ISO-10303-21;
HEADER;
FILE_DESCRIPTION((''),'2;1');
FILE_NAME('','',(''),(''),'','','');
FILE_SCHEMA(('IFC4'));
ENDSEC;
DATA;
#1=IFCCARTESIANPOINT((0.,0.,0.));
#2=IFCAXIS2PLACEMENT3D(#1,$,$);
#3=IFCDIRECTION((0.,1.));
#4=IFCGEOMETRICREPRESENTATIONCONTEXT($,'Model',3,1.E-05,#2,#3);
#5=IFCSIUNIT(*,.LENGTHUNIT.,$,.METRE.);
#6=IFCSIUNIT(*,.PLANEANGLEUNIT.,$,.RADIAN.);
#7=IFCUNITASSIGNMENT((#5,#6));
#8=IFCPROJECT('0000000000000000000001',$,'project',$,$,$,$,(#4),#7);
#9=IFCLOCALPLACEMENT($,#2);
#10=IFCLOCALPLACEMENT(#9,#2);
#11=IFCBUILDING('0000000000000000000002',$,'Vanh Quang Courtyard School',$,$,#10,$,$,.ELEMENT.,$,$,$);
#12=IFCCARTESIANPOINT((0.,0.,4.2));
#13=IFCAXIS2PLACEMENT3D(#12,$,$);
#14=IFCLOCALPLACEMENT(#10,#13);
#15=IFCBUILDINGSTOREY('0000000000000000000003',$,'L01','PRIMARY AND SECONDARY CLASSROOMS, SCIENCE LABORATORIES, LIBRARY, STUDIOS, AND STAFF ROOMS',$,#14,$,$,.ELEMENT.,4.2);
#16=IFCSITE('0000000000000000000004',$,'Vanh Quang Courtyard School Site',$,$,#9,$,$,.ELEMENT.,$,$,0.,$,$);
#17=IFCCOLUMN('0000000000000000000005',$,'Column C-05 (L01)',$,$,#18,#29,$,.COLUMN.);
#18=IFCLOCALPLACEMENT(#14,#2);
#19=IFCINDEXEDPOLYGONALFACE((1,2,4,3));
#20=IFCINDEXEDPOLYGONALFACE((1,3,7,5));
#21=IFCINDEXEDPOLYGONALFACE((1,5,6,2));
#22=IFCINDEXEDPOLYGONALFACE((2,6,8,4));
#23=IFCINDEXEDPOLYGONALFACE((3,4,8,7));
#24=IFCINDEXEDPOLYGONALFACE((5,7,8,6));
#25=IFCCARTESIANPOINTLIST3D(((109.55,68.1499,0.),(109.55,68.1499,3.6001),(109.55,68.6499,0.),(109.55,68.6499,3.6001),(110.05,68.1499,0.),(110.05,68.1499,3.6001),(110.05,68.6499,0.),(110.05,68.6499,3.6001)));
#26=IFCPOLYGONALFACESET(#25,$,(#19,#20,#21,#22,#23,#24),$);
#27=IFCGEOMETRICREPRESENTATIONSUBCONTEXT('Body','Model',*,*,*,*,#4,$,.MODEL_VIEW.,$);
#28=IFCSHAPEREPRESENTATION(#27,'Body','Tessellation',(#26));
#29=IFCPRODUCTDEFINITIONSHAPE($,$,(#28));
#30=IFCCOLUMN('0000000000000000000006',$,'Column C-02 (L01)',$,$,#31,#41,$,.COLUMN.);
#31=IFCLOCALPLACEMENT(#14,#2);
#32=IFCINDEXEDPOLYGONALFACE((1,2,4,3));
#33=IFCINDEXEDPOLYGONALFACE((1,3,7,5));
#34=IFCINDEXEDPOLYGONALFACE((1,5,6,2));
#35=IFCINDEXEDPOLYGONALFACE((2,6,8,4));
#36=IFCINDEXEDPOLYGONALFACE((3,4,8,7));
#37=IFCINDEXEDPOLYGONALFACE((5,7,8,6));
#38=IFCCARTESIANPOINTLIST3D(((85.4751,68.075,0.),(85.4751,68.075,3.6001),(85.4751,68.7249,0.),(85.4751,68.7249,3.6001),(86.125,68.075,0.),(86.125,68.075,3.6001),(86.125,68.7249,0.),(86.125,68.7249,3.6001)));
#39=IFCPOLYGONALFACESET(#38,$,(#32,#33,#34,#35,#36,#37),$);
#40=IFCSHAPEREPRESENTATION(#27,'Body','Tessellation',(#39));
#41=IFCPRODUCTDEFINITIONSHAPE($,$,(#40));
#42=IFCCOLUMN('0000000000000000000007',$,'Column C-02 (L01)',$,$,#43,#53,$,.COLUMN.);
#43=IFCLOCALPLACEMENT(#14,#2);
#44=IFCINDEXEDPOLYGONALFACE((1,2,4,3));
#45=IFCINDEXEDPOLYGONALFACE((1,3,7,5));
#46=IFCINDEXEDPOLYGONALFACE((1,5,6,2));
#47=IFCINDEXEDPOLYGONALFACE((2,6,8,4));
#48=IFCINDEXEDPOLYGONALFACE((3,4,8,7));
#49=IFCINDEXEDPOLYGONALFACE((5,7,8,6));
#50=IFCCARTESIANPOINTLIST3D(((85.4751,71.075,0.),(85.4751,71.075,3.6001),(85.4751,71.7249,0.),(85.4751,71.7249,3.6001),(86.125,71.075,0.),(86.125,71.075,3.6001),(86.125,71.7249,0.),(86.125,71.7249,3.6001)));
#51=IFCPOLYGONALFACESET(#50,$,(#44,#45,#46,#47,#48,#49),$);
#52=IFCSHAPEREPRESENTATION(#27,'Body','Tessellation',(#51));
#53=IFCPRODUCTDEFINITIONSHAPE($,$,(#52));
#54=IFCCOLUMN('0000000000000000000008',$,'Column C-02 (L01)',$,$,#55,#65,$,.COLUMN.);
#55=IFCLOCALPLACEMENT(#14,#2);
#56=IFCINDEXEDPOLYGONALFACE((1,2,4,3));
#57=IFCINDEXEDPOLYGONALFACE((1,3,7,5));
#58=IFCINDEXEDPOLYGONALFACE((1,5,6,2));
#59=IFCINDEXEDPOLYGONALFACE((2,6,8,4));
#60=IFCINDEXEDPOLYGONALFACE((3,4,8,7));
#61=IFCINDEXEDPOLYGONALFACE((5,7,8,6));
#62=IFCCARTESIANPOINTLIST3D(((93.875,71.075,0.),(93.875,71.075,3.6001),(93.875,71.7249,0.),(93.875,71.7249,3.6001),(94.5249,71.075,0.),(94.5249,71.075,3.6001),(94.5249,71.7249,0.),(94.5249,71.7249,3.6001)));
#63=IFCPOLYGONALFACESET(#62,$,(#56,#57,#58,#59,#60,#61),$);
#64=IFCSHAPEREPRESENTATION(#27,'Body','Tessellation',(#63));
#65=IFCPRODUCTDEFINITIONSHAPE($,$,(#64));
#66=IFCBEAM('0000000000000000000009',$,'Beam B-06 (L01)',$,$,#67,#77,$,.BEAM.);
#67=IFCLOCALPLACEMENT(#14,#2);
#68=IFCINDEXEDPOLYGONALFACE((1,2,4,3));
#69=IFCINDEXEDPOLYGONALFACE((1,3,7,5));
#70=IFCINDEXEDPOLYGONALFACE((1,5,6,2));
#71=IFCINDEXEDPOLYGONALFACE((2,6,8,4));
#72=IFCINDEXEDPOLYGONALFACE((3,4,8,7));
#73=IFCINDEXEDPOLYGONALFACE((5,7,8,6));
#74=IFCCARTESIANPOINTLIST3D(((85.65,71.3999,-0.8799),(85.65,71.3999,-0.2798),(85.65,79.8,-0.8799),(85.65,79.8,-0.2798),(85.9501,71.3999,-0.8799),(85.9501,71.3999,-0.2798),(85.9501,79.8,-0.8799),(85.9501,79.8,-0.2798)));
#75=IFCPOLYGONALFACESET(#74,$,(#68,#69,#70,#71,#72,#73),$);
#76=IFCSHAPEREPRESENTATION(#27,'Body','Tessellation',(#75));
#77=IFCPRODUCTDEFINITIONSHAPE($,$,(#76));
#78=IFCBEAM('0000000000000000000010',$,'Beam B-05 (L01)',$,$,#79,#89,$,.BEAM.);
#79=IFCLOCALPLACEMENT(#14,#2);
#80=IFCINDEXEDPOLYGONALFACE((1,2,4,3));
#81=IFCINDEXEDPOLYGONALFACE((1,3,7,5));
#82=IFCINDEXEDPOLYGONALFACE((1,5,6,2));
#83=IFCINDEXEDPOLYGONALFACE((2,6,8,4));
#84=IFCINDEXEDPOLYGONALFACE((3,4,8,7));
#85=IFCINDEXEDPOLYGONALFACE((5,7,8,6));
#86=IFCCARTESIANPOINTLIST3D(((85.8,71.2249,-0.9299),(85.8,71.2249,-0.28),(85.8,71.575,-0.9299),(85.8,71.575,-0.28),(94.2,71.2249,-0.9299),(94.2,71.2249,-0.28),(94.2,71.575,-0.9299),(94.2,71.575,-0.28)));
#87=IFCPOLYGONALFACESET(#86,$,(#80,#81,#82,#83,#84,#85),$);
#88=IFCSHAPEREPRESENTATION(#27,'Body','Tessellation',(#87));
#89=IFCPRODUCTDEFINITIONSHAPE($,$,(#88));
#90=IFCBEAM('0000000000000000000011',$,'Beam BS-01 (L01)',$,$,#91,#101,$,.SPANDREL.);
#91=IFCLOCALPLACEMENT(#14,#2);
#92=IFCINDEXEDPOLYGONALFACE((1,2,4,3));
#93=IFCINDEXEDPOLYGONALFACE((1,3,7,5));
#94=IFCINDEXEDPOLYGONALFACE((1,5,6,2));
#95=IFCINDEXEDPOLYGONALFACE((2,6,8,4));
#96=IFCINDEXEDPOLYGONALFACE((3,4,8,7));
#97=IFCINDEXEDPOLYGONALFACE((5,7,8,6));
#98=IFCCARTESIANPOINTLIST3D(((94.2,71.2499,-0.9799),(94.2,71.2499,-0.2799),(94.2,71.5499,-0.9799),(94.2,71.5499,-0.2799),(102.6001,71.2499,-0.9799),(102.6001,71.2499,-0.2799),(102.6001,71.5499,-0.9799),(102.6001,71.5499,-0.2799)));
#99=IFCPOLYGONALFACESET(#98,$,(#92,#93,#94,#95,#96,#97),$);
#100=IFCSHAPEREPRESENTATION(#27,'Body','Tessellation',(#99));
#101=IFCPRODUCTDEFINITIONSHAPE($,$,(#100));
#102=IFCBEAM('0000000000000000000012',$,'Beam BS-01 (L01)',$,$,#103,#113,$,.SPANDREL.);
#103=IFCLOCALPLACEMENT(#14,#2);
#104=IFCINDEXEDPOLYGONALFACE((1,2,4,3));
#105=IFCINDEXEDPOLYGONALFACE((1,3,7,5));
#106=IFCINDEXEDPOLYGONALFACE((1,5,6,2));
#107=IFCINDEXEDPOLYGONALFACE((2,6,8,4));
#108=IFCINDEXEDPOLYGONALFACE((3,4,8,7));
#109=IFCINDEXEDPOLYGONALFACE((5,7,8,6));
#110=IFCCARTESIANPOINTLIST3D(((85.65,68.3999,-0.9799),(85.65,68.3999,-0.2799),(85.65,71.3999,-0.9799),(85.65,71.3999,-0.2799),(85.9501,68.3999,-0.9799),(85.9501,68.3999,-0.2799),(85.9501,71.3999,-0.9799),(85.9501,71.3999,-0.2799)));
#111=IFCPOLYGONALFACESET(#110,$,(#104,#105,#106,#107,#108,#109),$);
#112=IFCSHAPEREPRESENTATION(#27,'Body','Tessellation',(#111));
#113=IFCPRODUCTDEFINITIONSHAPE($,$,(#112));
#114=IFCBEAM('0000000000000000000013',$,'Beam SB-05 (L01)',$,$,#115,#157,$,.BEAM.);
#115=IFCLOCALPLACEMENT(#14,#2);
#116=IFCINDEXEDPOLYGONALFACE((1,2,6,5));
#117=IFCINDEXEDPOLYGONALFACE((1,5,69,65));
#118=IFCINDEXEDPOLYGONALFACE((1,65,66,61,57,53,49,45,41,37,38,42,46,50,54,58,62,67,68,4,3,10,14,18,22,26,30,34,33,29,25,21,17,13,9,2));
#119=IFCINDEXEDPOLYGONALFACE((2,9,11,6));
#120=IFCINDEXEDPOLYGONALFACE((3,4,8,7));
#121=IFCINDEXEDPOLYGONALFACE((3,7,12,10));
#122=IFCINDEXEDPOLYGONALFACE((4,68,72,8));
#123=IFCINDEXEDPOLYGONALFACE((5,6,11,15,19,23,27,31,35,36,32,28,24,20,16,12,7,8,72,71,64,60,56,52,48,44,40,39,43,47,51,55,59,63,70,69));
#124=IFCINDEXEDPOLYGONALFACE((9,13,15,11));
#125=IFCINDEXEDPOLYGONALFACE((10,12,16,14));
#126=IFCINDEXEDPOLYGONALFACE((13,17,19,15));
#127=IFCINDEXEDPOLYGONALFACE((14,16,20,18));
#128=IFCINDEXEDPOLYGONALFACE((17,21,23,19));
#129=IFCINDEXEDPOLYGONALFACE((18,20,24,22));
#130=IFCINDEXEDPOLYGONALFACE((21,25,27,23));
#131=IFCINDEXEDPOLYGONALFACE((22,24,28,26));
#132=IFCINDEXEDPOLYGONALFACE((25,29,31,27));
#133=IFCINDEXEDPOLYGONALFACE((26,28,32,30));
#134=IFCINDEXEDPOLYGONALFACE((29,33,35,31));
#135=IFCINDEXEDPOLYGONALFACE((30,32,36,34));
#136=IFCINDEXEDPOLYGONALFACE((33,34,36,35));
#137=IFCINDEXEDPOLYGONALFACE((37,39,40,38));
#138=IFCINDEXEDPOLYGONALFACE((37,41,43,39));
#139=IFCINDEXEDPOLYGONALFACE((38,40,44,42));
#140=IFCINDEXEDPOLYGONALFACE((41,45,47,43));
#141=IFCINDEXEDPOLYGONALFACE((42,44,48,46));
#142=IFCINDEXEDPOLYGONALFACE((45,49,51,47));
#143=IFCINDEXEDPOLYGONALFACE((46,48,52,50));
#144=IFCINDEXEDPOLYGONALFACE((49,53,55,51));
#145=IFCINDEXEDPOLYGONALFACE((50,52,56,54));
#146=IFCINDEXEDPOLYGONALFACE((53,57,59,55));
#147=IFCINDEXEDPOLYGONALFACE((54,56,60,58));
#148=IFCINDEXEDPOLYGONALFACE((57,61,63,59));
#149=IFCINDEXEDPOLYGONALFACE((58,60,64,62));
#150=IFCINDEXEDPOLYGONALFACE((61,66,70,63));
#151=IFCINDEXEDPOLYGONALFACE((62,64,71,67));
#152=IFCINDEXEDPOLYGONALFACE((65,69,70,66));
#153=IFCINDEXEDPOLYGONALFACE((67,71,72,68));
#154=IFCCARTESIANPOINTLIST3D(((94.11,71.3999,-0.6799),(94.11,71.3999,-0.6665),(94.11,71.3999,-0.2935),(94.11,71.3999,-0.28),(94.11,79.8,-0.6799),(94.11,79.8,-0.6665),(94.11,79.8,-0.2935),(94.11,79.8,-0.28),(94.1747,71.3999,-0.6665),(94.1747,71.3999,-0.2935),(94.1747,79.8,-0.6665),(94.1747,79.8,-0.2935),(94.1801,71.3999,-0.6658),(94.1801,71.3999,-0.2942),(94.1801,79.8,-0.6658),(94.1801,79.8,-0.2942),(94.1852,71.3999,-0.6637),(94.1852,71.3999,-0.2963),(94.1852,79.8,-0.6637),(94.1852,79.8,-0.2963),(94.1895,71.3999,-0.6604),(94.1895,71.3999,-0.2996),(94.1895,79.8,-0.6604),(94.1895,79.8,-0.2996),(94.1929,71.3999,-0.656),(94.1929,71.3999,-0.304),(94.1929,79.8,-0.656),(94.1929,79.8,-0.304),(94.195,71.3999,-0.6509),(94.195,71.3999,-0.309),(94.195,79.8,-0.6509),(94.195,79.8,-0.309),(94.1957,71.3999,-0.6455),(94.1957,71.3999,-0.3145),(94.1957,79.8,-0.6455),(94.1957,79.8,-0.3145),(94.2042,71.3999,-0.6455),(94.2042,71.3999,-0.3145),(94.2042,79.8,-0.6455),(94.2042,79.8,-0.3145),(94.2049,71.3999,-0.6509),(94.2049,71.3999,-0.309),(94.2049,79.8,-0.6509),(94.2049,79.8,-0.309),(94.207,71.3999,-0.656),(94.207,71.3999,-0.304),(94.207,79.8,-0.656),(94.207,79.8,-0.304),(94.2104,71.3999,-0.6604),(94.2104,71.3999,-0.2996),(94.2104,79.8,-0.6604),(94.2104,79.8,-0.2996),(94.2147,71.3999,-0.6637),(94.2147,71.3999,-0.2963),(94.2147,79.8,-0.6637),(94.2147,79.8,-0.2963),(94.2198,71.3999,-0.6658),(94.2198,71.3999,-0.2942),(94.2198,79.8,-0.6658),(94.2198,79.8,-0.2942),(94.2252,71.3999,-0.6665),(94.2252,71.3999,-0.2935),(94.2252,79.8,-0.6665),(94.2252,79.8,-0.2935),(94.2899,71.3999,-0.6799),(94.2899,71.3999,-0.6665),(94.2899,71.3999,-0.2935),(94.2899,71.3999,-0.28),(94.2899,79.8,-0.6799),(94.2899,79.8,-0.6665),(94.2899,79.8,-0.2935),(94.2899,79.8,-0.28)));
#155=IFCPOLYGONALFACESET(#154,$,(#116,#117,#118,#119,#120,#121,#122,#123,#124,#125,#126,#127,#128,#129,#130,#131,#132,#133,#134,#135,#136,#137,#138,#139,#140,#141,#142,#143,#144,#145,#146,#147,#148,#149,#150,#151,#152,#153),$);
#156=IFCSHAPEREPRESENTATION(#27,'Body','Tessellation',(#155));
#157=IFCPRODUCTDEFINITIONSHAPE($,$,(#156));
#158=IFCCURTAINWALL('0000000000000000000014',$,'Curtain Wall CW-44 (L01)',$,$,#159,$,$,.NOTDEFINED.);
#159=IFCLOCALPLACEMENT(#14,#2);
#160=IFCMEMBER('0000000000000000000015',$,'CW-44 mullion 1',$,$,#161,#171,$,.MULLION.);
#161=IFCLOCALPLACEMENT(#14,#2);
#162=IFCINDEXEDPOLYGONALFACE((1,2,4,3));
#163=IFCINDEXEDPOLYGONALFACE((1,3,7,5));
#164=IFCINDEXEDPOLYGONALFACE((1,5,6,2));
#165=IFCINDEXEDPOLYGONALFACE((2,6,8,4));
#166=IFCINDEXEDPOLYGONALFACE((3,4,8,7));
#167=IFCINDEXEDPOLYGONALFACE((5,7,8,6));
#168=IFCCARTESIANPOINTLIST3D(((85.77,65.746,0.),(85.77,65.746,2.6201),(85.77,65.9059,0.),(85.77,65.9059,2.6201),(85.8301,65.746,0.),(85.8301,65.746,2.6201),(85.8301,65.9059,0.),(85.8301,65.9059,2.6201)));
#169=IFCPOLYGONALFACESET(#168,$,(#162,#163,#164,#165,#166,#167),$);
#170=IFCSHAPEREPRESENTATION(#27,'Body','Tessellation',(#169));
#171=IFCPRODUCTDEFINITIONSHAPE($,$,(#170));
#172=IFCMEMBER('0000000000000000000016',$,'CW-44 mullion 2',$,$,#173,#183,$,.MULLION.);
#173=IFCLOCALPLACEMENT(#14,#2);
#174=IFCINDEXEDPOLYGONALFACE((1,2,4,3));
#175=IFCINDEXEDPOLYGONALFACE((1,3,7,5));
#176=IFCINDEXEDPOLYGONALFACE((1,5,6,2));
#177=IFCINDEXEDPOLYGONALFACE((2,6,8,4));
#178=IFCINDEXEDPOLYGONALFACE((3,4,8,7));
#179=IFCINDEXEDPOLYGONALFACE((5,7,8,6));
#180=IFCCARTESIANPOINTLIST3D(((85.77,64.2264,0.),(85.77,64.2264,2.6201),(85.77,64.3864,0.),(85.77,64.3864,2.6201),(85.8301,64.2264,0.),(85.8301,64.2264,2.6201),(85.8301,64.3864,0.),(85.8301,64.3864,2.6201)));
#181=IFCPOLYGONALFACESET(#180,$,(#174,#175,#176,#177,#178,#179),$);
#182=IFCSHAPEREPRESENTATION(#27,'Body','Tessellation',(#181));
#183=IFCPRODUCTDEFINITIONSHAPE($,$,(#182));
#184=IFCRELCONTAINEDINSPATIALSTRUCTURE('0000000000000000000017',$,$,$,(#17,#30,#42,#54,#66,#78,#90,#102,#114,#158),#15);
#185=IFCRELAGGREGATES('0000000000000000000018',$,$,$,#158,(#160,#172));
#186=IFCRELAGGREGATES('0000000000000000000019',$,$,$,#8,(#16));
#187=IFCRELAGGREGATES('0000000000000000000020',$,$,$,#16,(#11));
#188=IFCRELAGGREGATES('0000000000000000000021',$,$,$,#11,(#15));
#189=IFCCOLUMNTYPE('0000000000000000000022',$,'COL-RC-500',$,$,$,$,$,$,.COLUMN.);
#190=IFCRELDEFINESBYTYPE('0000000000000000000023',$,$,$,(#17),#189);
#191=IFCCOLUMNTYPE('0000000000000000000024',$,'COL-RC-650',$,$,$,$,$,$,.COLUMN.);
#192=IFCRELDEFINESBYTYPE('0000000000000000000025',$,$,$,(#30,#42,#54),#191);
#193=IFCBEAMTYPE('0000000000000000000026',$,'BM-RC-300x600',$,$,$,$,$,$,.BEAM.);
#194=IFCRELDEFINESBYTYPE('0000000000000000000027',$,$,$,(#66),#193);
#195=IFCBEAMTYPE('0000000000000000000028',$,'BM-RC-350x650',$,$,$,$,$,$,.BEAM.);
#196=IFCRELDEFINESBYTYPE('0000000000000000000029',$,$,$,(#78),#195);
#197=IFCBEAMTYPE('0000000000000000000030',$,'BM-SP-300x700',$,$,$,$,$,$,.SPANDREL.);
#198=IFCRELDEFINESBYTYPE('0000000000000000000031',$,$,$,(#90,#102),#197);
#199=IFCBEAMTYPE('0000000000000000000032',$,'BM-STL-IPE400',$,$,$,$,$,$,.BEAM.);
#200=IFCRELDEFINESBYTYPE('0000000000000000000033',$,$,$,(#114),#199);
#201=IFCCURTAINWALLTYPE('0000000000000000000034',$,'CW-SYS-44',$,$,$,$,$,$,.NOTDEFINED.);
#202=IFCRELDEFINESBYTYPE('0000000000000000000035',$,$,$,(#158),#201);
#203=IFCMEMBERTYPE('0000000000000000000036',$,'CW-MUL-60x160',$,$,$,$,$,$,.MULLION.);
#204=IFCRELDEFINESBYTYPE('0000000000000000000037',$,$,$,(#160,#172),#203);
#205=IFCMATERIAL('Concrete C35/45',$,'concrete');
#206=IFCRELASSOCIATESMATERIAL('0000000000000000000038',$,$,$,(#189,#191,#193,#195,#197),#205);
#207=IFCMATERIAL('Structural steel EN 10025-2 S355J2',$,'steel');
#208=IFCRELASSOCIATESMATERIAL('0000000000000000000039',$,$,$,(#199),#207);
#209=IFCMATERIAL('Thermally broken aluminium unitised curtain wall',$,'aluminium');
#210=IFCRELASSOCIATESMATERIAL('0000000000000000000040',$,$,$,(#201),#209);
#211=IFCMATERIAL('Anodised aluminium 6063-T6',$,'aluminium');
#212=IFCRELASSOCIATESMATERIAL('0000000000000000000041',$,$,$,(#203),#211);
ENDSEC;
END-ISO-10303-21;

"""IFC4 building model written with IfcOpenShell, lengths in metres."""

from ifc_helpers import new_model, si_unit, direction, frame, origin, origin_2d, place, context, subcontext, project, spatial, rectangle, i_section, extrude, material, material_profile, profile_set, type_object, element, aggregate, save


model = new_model("IFC4")

# Units and contexts
model_context = context("Model", 3, precision=1e-05, world=origin(), true_north=direction((0.0, 1.0)))
body_context = subcontext(model_context, "Body", "Model", "MODEL_VIEW")
ifc_project = project(units=[si_unit("LENGTHUNIT", "METRE"), si_unit("PLANEANGLEUNIT", "RADIAN")], contexts=[model_context])

# Site, building, storey
site_placement = place(None, origin())
site = spatial("IfcSite", under=ifc_project, at=site_placement, Name="Vanh Quang Courtyard School Site", CompositionType="ELEMENT", RefElevation=0.0)
building_placement = place(site_placement, origin())
building = spatial("IfcBuilding", under=site, at=building_placement, Name="Vanh Quang Courtyard School", CompositionType="ELEMENT")
storey_placement = place(building_placement, frame((0.0, 0.0, 4.2)))
storey = spatial("IfcBuildingStorey", under=building, at=storey_placement, Name="L01", Description="PRIMARY AND SECONDARY CLASSROOMS, SCIENCE LABORATORIES, LIBRARY, STUDIOS, AND STAFF ROOMS", CompositionType="ELEMENT", Elevation=4.2)

# Columns
ifc_material_1 = material(Name="Concrete C35/45", Category="concrete")
ifc_material_profile_1 = material_profile(ifc_material_1, rectangle(XDim=0.5, YDim=0.5, at=origin_2d()), Name="RC-COL 500x500")
ifc_profile_set_1 = profile_set([ifc_material_profile_1], Name="Concrete C35/45")
column_type_1 = type_object("IfcColumnType", Name="COL-RC-500", PredefinedType="COLUMN", material=ifc_profile_set_1)
column_placement = place(storey_placement, frame((109.8, 68.3999, 0.0), z_axis=(0.0, 0.0, 1.0), x_axis=(1.0, 0.0, 0.0)))
element("IfcColumn", 1, at=column_placement, inside=storey, type_object=column_type_1, Name="Column C-05 (L01)", PredefinedType="COLUMN", context=body_context, shape_type="SweptSolid", body=[
    extrude(rectangle(XDim=0.5, YDim=0.5, at=origin_2d()), origin(), (0.0, 0.0, 1.0), 3.6001),
])
ifc_material_profile_2 = material_profile(ifc_material_1, rectangle(XDim=0.6499, YDim=0.6499, at=origin_2d()), Name="RC-COL 650x650")
ifc_profile_set_2 = profile_set([ifc_material_profile_2], Name="Concrete C35/45")
column_type_2 = type_object("IfcColumnType", Name="COL-RC-650", PredefinedType="COLUMN", material=ifc_profile_set_2)
for number, where, z_axis, x_axis, name in (
    (2, (85.8, 68.3999, 0.0), (0.0, 0.0, 1.0), (1.0, 0.0, 0.0), "Column C-02 (L01)"),
    (3, (85.8, 71.3999, 0.0), (0.0, 0.0, 1.0), (1.0, 0.0, 0.0), "Column C-02 (L01)"),
    (4, (94.2, 71.3999, 0.0), (0.0, 0.0, 1.0), (1.0, 0.0, 0.0), "Column C-02 (L01)"),
):
    element("IfcColumn", number, at=place(storey_placement, frame(where, z_axis=z_axis, x_axis=x_axis)), inside=storey, type_object=column_type_2, Name=name, PredefinedType="COLUMN", context=body_context, shape_type="SweptSolid", body=[
        extrude(rectangle(XDim=0.6499, YDim=0.6499, at=origin_2d()), origin(), (0.0, 0.0, 1.0), 3.6001),
    ])

# Beams
ifc_material_profile_3 = material_profile(ifc_material_1, rectangle(XDim=0.3, YDim=0.6001, at=origin_2d()), Name="RC-BM 300x600")
ifc_profile_set_3 = profile_set([ifc_material_profile_3], Name="Concrete C35/45")
beam_type_1 = type_object("IfcBeamType", Name="BM-RC-300x600", PredefinedType="BEAM", material=ifc_profile_set_3)
beam_1_placement = place(storey_placement, frame((85.8, 71.3999, -0.5798), z_axis=(0.0, 1.0, 0.0), x_axis=(-1.0, 0.0, 0.0)))
element("IfcBeam", 5, at=beam_1_placement, inside=storey, type_object=beam_type_1, Name="Beam B-06 (L01)", PredefinedType="BEAM", context=body_context, shape_type="SweptSolid", body=[
    extrude(rectangle(XDim=0.3, YDim=0.6001, at=origin_2d()), origin(), (0.0, 0.0, 1.0), 8.4001),
])
ifc_material_profile_4 = material_profile(ifc_material_1, rectangle(XDim=0.3501, YDim=0.6499, at=origin_2d()), Name="RC-BM 350x650")
ifc_profile_set_4 = profile_set([ifc_material_profile_4], Name="Concrete C35/45")
beam_type_2 = type_object("IfcBeamType", Name="BM-RC-350x650", PredefinedType="BEAM", material=ifc_profile_set_4)
beam_2_placement = place(storey_placement, frame((85.8, 71.3999, -0.605), z_axis=(1.0, 0.0, 0.0), x_axis=(0.0, 1.0, 0.0)))
element("IfcBeam", 6, at=beam_2_placement, inside=storey, type_object=beam_type_2, Name="Beam B-05 (L01)", PredefinedType="BEAM", context=body_context, shape_type="SweptSolid", body=[
    extrude(rectangle(XDim=0.3501, YDim=0.6499, at=origin_2d()), origin(), (0.0, 0.0, 1.0), 8.3999),
])
ifc_material_profile_5 = material_profile(ifc_material_1, rectangle(XDim=0.3, YDim=0.7, at=origin_2d()), Name="RC-SP 300x700")
ifc_profile_set_5 = profile_set([ifc_material_profile_5], Name="Concrete C35/45")
beam_type_3 = type_object("IfcBeamType", Name="BM-SP-300x700", PredefinedType="SPANDREL", material=ifc_profile_set_5)
beam_3_placement = place(storey_placement, frame((94.2, 71.3999, -0.6299), z_axis=(1.0, 0.0, 0.0), x_axis=(0.0, 1.0, 0.0)))
element("IfcBeam", 7, at=beam_3_placement, inside=storey, type_object=beam_type_3, Name="Beam BS-01 (L01)", PredefinedType="SPANDREL", context=body_context, shape_type="SweptSolid", body=[
    extrude(rectangle(XDim=0.3, YDim=0.7, at=origin_2d()), origin(), (0.0, 0.0, 1.0), 8.4001),
])
beam_4_placement = place(storey_placement, frame((85.8, 68.3999, -0.6299), z_axis=(0.0, 1.0, 0.0), x_axis=(-1.0, 0.0, 0.0)))
element("IfcBeam", 8, at=beam_4_placement, inside=storey, type_object=beam_type_3, Name="Beam BS-01 (L01)", PredefinedType="SPANDREL", context=body_context, shape_type="SweptSolid", body=[
    extrude(rectangle(XDim=0.3, YDim=0.7, at=origin_2d()), origin(), (0.0, 0.0, 1.0), 3.0),
])
ifc_material_2 = material(Name="Structural steel EN 10025-2 S355J2", Category="steel")
ifc_material_profile_6 = material_profile(ifc_material_2, i_section(OverallWidth=0.1799, OverallDepth=0.3999, WebThickness=0.0085, FlangeThickness=0.0134, FilletRadius=0.021, at=origin_2d()), Name="IPE 400")
ifc_profile_set_6 = profile_set([ifc_material_profile_6], Name="Structural steel EN 10025-2 S355J2")
beam_type_4 = type_object("IfcBeamType", Name="BM-STL-IPE400", PredefinedType="BEAM", material=ifc_profile_set_6)
beam_5_placement = place(storey_placement, frame((94.2, 71.3999, -0.48), z_axis=(0.0, 1.0, 0.0), x_axis=(-1.0, 0.0, 0.0)))
element("IfcBeam", 9, at=beam_5_placement, inside=storey, type_object=beam_type_4, Name="Beam SB-05 (L01)", PredefinedType="BEAM", context=body_context, shape_type="SweptSolid", body=[
    extrude(i_section(OverallWidth=0.1799, OverallDepth=0.3999, WebThickness=0.0085, FlangeThickness=0.0134, FilletRadius=0.021, at=origin_2d()), origin(), (0.0, 0.0, 1.0), 8.4001),
])

# Curtain wall, members
ifc_material_3 = material(Name="Thermally broken aluminium unitised curtain wall", Category="aluminium")
curtain_wall_type = type_object("IfcCurtainWallType", Name="CW-SYS-44", PredefinedType="NOTDEFINED", material=ifc_material_3)
curtain_wall_placement = place(storey_placement, origin())
curtain_wall = element("IfcCurtainWall", 10, at=curtain_wall_placement, inside=storey, type_object=curtain_wall_type, Name="Curtain Wall CW-44 (L01)", PredefinedType="NOTDEFINED")
ifc_material_4 = material(Name="Anodised aluminium 6063-T6", Category="aluminium")
ifc_material_profile_7 = material_profile(ifc_material_4, rectangle(XDim=0.0601, YDim=0.1599, at=origin_2d()), Name="ALU-MUL 60x160")
ifc_profile_set_7 = profile_set([ifc_material_profile_7], Name="Anodised aluminium 6063-T6")
member_type_1 = type_object("IfcMemberType", Name="CW-MUL-60x160", PredefinedType="MULLION", material=ifc_profile_set_7)
member_1_placement = place(storey_placement, frame((85.8, 65.8259, 0.0), z_axis=(0.0, 0.0, 1.0), x_axis=(1.0, 0.0, 0.0)))
member_1 = element("IfcMember", 11, at=member_1_placement, type_object=member_type_1, Name="CW-44 mullion 1", PredefinedType="MULLION", context=body_context, shape_type="SweptSolid", body=[
    extrude(rectangle(XDim=0.0601, YDim=0.1599, at=origin_2d()), origin(), (0.0, 0.0, 1.0), 2.6201),
])
member_2_placement = place(storey_placement, frame((85.8, 64.3064, 0.0), z_axis=(0.0, 0.0, 1.0), x_axis=(1.0, 0.0, 0.0)))
member_2 = element("IfcMember", 12, at=member_2_placement, type_object=member_type_1, Name="CW-44 mullion 2", PredefinedType="MULLION", context=body_context, shape_type="SweptSolid", body=[
    extrude(rectangle(XDim=0.0601, YDim=0.1599, at=origin_2d()), origin(), (0.0, 0.0, 1.0), 2.6201),
])
aggregate(curtain_wall, [member_1, member_2])

save(model, "model.ifc")
